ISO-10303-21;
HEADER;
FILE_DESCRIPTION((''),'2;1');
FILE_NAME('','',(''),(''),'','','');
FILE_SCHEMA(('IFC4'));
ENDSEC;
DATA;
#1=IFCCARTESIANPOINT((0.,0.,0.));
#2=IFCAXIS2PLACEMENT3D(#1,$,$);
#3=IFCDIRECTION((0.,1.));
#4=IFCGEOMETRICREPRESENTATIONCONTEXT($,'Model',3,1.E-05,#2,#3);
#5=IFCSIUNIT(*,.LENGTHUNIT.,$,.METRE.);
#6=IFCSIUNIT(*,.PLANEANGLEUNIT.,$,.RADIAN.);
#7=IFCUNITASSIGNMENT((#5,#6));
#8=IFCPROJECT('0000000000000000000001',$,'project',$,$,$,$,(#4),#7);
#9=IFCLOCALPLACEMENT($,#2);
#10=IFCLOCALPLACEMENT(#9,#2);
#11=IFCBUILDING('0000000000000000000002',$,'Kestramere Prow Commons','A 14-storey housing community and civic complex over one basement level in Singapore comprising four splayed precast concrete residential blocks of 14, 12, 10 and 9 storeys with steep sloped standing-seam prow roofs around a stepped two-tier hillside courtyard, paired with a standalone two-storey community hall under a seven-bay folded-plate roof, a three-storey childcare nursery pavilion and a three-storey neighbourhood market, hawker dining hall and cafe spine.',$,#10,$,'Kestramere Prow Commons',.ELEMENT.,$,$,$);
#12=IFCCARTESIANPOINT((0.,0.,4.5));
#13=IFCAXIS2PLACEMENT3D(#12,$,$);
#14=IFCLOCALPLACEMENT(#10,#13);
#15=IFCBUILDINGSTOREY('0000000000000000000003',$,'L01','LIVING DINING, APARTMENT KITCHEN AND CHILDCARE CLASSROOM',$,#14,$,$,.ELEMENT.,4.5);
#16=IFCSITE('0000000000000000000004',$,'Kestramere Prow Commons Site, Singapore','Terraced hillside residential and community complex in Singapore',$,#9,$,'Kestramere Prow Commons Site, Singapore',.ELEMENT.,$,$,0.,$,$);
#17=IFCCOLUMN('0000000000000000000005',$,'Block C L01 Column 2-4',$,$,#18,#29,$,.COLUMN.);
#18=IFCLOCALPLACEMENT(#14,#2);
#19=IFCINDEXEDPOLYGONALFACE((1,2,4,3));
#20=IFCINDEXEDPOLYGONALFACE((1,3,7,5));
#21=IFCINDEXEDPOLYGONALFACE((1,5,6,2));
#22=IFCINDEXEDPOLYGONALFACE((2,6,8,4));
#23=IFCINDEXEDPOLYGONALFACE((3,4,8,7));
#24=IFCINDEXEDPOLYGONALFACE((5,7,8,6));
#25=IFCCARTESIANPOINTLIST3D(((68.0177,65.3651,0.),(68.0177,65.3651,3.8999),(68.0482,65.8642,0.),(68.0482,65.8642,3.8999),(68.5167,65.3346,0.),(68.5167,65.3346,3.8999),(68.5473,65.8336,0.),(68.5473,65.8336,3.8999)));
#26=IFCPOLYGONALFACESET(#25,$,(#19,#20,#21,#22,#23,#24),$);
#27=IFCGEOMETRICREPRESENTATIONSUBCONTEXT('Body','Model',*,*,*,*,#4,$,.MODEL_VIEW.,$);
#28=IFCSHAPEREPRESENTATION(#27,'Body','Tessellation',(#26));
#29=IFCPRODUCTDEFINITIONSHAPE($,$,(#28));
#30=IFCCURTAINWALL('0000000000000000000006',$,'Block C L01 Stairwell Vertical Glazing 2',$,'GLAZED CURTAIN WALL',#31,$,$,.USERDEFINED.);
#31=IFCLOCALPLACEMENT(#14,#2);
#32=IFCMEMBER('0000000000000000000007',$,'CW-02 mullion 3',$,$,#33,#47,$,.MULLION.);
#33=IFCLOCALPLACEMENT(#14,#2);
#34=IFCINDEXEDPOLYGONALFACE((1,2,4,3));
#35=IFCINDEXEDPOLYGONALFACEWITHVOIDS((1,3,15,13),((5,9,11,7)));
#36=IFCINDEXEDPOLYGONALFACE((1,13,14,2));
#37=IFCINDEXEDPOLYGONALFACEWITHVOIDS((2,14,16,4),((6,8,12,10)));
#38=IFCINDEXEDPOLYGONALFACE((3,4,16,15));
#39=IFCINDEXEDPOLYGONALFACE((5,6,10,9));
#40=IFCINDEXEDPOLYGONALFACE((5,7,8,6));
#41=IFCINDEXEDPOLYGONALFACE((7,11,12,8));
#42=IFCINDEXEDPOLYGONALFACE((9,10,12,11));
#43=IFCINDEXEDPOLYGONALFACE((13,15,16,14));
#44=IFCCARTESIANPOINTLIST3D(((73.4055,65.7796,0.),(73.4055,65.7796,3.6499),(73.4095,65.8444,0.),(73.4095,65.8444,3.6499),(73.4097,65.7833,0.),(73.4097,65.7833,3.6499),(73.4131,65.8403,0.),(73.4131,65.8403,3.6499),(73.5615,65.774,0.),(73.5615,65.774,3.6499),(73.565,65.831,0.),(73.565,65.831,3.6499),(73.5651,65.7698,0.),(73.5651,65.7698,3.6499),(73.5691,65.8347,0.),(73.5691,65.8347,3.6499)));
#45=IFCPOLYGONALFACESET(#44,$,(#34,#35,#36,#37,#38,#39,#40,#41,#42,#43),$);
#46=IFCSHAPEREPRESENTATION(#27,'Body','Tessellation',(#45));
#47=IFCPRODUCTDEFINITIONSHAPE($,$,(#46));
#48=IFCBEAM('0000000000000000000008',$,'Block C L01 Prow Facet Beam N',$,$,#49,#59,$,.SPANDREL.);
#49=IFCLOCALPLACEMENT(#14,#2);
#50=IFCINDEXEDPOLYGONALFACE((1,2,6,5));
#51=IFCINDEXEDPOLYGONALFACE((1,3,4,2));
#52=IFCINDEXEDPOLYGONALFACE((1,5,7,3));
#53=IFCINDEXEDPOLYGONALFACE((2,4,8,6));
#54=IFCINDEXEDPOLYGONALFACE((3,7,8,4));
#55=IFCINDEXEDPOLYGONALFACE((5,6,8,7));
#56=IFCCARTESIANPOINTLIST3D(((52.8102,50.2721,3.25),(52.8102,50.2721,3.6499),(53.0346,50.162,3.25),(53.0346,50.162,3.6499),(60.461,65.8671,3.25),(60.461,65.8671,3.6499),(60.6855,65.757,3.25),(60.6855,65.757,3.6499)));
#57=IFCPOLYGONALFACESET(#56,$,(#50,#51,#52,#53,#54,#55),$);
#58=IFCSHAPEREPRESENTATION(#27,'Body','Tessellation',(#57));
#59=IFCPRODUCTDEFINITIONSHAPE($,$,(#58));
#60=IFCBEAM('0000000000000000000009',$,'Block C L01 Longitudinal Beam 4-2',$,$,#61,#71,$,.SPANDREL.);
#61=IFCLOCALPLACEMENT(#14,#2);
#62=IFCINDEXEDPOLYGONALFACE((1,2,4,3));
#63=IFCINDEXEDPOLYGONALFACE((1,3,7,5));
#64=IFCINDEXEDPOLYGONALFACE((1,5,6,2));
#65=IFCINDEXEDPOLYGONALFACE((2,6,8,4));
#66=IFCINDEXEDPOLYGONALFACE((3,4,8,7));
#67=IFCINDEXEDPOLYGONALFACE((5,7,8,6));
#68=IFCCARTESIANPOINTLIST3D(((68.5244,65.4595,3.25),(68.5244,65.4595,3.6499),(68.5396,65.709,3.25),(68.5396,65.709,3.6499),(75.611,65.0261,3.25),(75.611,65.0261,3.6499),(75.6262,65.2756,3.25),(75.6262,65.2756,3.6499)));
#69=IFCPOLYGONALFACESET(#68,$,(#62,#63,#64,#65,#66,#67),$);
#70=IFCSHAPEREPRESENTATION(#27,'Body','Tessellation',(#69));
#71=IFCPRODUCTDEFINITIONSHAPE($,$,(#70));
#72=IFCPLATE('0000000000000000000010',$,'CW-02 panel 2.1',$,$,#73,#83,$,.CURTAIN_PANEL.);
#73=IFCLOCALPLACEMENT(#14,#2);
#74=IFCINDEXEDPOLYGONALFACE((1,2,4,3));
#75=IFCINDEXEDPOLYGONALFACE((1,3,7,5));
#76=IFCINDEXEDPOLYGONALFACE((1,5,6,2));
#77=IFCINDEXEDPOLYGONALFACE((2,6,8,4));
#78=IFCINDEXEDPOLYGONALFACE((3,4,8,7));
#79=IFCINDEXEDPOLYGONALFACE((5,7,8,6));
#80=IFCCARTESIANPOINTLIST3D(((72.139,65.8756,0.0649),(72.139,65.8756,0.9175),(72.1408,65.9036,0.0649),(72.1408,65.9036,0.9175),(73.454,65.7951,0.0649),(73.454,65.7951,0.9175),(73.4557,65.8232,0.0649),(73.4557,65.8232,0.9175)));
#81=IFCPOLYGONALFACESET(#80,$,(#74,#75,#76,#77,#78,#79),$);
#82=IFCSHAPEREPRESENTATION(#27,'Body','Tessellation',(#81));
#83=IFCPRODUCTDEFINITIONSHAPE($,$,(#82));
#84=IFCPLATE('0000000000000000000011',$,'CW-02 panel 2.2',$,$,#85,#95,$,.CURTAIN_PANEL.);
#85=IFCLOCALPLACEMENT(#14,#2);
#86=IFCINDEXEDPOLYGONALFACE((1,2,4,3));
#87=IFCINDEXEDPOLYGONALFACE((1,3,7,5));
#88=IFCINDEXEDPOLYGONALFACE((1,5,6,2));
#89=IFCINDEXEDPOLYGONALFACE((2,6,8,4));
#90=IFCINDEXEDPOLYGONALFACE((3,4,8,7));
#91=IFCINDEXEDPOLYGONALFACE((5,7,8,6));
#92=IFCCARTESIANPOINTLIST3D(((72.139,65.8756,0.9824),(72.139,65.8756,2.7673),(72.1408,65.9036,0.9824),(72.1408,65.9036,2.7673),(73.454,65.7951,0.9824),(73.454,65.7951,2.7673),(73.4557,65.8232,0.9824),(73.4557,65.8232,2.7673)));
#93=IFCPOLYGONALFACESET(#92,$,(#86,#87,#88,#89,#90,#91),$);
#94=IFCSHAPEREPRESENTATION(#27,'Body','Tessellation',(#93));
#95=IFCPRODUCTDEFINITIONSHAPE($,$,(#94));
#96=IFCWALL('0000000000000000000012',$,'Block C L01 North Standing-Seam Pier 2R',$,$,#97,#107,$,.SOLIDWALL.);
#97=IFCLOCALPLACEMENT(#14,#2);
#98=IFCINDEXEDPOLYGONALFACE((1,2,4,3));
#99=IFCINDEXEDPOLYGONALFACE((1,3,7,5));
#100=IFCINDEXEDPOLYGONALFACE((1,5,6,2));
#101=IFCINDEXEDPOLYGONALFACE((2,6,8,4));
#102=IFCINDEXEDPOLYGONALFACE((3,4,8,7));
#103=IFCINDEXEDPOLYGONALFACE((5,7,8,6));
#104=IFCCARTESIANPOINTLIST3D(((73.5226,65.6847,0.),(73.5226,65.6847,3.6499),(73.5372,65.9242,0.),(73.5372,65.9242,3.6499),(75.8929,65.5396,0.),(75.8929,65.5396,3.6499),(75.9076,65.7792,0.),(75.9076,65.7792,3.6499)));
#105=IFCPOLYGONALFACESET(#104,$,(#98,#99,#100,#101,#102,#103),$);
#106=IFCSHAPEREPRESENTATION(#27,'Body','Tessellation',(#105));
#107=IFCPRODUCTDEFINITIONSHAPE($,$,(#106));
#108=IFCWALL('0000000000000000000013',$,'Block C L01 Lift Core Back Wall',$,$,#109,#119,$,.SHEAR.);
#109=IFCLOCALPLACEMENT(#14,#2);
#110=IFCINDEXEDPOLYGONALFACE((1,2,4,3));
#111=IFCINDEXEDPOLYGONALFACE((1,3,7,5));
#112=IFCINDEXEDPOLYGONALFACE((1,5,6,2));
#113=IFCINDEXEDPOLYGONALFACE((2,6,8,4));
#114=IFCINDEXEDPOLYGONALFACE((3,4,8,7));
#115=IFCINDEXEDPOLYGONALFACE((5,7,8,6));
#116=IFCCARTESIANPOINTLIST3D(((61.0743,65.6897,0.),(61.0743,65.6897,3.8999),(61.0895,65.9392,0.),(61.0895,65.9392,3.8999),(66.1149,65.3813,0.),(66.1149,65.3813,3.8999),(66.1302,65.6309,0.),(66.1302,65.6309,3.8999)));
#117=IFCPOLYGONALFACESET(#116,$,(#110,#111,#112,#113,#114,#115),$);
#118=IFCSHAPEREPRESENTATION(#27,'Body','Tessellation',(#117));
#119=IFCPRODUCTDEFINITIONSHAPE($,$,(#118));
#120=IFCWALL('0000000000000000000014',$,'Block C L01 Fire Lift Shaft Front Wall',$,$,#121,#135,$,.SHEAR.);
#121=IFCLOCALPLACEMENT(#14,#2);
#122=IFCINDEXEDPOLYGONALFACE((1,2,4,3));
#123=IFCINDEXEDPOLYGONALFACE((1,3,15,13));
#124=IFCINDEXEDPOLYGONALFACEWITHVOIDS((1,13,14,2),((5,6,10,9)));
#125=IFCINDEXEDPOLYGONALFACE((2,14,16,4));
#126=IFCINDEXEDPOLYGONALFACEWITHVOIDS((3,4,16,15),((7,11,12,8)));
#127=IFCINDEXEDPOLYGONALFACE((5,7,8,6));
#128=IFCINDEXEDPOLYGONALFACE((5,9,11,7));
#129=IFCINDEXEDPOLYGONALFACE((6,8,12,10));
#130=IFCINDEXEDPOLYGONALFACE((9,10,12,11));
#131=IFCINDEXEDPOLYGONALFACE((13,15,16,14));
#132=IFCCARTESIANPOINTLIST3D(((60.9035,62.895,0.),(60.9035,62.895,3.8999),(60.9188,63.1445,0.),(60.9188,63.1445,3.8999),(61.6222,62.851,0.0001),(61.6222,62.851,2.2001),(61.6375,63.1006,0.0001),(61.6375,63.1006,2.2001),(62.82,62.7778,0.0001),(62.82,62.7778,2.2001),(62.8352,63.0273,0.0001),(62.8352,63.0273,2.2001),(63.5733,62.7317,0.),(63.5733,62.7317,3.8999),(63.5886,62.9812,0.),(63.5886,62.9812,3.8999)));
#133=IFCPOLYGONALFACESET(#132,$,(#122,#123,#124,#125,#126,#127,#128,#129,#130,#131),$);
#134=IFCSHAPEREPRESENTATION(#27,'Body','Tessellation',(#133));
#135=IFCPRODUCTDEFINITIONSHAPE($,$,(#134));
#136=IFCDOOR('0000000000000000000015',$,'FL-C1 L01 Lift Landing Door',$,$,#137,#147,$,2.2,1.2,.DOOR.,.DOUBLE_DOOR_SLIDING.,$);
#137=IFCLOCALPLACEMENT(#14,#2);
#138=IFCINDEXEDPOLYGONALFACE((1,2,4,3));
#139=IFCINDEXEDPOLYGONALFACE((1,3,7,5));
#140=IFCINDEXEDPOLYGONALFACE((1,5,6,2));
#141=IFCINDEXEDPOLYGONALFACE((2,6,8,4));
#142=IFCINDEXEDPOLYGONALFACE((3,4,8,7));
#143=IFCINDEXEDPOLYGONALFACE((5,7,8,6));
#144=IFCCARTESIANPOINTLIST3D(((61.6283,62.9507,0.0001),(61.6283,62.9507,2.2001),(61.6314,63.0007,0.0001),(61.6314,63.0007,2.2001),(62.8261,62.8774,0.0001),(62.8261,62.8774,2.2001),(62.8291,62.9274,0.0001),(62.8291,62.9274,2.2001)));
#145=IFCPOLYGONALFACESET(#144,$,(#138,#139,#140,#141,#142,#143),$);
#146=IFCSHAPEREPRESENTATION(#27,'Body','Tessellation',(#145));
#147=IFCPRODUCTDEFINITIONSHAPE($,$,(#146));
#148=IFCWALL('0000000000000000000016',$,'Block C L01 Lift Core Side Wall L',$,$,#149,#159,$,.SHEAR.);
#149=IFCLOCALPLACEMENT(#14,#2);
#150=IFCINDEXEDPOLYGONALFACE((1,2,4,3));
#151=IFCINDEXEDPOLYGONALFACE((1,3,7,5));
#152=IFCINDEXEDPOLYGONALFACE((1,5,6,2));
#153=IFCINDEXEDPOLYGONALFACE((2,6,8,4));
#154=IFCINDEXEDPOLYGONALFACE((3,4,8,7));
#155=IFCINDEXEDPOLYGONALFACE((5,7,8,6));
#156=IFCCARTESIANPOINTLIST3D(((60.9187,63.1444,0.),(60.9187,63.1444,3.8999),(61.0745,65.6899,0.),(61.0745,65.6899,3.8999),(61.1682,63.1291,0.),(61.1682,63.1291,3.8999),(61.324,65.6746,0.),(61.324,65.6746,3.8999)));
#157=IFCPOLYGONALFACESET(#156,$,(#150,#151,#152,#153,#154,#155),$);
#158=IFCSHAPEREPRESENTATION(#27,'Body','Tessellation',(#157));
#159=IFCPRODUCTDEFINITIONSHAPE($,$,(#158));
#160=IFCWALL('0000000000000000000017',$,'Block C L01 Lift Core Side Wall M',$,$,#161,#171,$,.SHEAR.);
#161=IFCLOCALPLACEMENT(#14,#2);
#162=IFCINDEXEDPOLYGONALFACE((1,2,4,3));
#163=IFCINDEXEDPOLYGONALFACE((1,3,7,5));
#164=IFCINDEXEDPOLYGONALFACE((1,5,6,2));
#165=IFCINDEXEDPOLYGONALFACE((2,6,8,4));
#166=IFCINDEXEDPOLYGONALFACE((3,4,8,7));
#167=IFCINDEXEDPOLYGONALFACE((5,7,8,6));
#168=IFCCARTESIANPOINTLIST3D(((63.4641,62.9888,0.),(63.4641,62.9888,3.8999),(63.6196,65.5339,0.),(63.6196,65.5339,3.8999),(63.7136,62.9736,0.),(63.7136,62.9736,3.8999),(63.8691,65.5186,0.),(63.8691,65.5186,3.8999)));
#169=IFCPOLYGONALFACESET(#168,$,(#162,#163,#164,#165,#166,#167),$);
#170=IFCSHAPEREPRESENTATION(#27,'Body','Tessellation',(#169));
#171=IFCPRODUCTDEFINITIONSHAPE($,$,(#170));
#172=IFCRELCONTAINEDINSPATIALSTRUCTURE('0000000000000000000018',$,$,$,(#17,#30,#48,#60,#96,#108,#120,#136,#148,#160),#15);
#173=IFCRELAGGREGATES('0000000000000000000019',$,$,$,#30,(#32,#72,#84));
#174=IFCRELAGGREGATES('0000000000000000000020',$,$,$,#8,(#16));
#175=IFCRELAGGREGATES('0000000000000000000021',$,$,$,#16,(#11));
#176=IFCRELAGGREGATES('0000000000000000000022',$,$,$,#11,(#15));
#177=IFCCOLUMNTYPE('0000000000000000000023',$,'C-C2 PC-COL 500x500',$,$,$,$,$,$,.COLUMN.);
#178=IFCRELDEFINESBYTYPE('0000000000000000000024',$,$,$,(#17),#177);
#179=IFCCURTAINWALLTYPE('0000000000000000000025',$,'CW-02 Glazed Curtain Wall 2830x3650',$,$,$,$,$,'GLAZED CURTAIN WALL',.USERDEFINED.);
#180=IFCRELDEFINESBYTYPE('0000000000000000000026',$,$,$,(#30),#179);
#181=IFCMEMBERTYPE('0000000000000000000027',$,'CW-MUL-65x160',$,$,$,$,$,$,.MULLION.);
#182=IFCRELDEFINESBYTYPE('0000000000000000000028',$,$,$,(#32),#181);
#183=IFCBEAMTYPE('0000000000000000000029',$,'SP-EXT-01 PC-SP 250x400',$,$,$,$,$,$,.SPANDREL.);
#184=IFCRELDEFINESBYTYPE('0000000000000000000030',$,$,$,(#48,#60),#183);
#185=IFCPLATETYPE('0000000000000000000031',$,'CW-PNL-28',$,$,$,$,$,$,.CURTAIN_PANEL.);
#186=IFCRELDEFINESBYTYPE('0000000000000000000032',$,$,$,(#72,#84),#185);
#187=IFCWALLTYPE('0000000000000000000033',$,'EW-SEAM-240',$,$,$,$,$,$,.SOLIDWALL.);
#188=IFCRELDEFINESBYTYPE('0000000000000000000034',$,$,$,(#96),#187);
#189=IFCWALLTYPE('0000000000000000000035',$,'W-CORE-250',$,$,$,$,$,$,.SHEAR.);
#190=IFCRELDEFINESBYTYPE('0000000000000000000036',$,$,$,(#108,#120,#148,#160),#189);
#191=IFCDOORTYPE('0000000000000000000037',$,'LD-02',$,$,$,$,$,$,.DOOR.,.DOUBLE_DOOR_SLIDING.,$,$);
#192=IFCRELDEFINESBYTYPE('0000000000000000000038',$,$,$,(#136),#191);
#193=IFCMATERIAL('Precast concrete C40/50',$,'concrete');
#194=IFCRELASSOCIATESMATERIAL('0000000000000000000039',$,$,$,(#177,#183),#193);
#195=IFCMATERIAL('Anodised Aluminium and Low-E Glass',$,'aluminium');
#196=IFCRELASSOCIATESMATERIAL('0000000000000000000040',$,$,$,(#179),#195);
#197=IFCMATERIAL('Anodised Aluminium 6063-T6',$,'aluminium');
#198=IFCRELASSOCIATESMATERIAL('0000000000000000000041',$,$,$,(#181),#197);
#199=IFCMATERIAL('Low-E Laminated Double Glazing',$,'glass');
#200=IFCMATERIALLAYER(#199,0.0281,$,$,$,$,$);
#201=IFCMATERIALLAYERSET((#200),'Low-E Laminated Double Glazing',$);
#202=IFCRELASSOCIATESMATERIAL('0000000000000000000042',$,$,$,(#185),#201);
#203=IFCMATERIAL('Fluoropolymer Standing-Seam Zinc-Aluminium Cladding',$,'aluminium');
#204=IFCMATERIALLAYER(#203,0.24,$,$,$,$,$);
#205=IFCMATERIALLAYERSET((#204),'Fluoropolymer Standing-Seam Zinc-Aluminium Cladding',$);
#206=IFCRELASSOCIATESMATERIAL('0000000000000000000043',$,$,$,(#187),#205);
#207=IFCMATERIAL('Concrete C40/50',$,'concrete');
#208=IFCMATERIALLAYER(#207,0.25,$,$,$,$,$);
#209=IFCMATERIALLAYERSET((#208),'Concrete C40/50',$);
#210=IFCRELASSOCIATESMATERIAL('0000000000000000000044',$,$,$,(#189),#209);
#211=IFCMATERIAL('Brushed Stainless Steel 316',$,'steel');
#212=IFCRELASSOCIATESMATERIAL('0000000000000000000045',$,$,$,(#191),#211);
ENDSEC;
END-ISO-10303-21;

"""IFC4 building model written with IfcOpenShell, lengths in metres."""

from ifc_helpers import new_model, si_unit, direction, frame, frame_2d, origin, origin_2d, place, context, subcontext, project, spatial, rectangle, hollow_rectangle, extrude, material, layer, layer_set, material_profile, profile_set, type_object, element, fill, aggregate, save


model = new_model("IFC4")

# Units and contexts
model_context = context("Model", 3, precision=1e-05, world=origin(), true_north=direction((0.0, 1.0)))
body_context = subcontext(model_context, "Body", "Model", "MODEL_VIEW")
ifc_project = project(units=[si_unit("LENGTHUNIT", "METRE"), si_unit("PLANEANGLEUNIT", "RADIAN")], contexts=[model_context])

# Site, building, storey
site_placement = place(None, origin())
site = spatial("IfcSite", under=ifc_project, at=site_placement, Name="Kestramere Prow Commons Site, Singapore", Description="Terraced hillside residential and community complex in Singapore", LongName="Kestramere Prow Commons Site, Singapore", CompositionType="ELEMENT", RefElevation=0.0)
building_placement = place(site_placement, origin())
building = spatial("IfcBuilding", under=site, at=building_placement, Name="Kestramere Prow Commons", Description="A 14-storey housing community and civic complex over one basement level in Singapore comprising four splayed precast concrete residential blocks of 14, 12, 10 and 9 storeys with steep sloped standing-seam prow roofs around a stepped two-tier hillside courtyard, paired with a standalone two-storey community hall under a seven-bay folded-plate roof, a three-storey childcare nursery pavilion and a three-storey neighbourhood market, hawker dining hall and cafe spine.", LongName="Kestramere Prow Commons", CompositionType="ELEMENT")
storey_placement = place(building_placement, frame((0.0, 0.0, 4.5)))
storey = spatial("IfcBuildingStorey", under=building, at=storey_placement, Name="L01", Description="LIVING DINING, APARTMENT KITCHEN AND CHILDCARE CLASSROOM", CompositionType="ELEMENT", Elevation=4.5)

# Column
ifc_material_1 = material(Name="Precast concrete C40/50", Category="concrete")
ifc_material_profile_1 = material_profile(ifc_material_1, rectangle(XDim=0.5, YDim=0.5, at=origin_2d()), Name="PC-COL 500x500")
ifc_profile_set_1 = profile_set([ifc_material_profile_1], Name="Precast concrete C40/50")
column_type = type_object("IfcColumnType", Name="C-C2 PC-COL 500x500", PredefinedType="COLUMN", material=ifc_profile_set_1)
column_placement = place(storey_placement, frame((68.2825, 65.5994, 0.0), z_axis=(0.0, 0.0, 1.0), x_axis=(0.998135, -0.061049, 0.0)))
element("IfcColumn", 1, at=column_placement, inside=storey, type_object=column_type, Name="Block C L01 Column 2-4", PredefinedType="COLUMN", context=body_context, shape_type="SweptSolid", body=[
    extrude(rectangle(XDim=0.5, YDim=0.5, at=origin_2d()), origin(), (0.0, 0.0, 1.0), 3.8999),
])

# Curtain wall, member
ifc_material_2 = material(Name="Anodised Aluminium and Low-E Glass", Category="aluminium")
curtain_wall_type = type_object("IfcCurtainWallType", Name="CW-02 Glazed Curtain Wall 2830x3650", ElementType="GLAZED CURTAIN WALL", PredefinedType="USERDEFINED", material=ifc_material_2)
curtain_wall_placement = place(storey_placement, origin())
curtain_wall = element("IfcCurtainWall", 2, at=curtain_wall_placement, inside=storey, type_object=curtain_wall_type, Name="Block C L01 Stairwell Vertical Glazing 2", ObjectType="GLAZED CURTAIN WALL", PredefinedType="USERDEFINED")
ifc_material_3 = material(Name="Anodised Aluminium 6063-T6", Category="aluminium")
ifc_material_profile_2 = material_profile(ifc_material_3, hollow_rectangle(XDim=0.0649, YDim=0.1599, WallThickness=0.0039, at=origin_2d()), Name="ALU-MUL 65x160")
ifc_profile_set_2 = profile_set([ifc_material_profile_2], Name="Anodised Aluminium 6063-T6")
member_type = type_object("IfcMemberType", Name="CW-MUL-65x160", PredefinedType="MULLION", material=ifc_profile_set_2)
member_placement = place(storey_placement, frame((73.4873, 65.8071, 0.0), z_axis=(0.0, 0.0, 1.0), x_axis=(0.061048, 0.998135, 0.0)))
member = element("IfcMember", 3, at=member_placement, type_object=member_type, Name="CW-02 mullion 3", PredefinedType="MULLION", context=body_context, shape_type="SweptSolid", body=[
    extrude(hollow_rectangle(XDim=0.0649, YDim=0.1599, WallThickness=0.0039, at=origin_2d()), origin(), (0.0, 0.0, 1.0), 3.6499),
])

# Beams
ifc_material_profile_3 = material_profile(ifc_material_1, rectangle(XDim=0.25, YDim=0.3999, at=origin_2d()), Name="PC-SP 250x400")
ifc_profile_set_3 = profile_set([ifc_material_profile_3], Name="Precast concrete C40/50")
beam_type = type_object("IfcBeamType", Name="SP-EXT-01 PC-SP 250x400", PredefinedType="SPANDREL", material=ifc_profile_set_3)
beam_1_placement = place(storey_placement, frame((60.5732, 65.812, 3.45), z_axis=(-0.440449, -0.897778, 0.0), x_axis=(0.897778, -0.440449, 0.0)))
element("IfcBeam", 4, at=beam_1_placement, inside=storey, type_object=beam_type, Name="Block C L01 Prow Facet Beam N", PredefinedType="SPANDREL", context=body_context, shape_type="SweptSolid", body=[
    extrude(rectangle(XDim=0.25, YDim=0.3999, at=origin_2d()), origin(), (0.0, 0.0, 1.0), 17.3706),
])
beam_2_placement = place(storey_placement, frame((68.532, 65.5842, 3.45), z_axis=(0.998136, -0.061036, 0.0), x_axis=(0.061036, 0.998136, 0.0)))
element("IfcBeam", 5, at=beam_2_placement, inside=storey, type_object=beam_type, Name="Block C L01 Longitudinal Beam 4-2", PredefinedType="SPANDREL", context=body_context, shape_type="SweptSolid", body=[
    extrude(rectangle(XDim=0.25, YDim=0.3999, at=origin_2d()), origin(), (0.0, 0.0, 1.0), 7.0999),
])

# Plates
ifc_material_4 = material(Name="Low-E Laminated Double Glazing", Category="glass")
ifc_layer_1 = layer(ifc_material_4, 0.0281)
ifc_layer_set_1 = layer_set([ifc_layer_1], Name="Low-E Laminated Double Glazing")
plate_type = type_object("IfcPlateType", Name="CW-PNL-28", PredefinedType="CURTAIN_PANEL", material=ifc_layer_set_1)
plate_1_placement = place(storey_placement, frame((72.7974, 65.8494, 0.0649), z_axis=(0.0, 0.0, 1.0), x_axis=(0.998135, -0.061048, 0.0)))
plate_1 = element("IfcPlate", 6, at=plate_1_placement, type_object=plate_type, Name="CW-02 panel 2.1", PredefinedType="CURTAIN_PANEL", context=body_context, shape_type="SweptSolid", body=[
    extrude(rectangle(XDim=1.3174, YDim=0.0281, at=origin_2d()), origin(), (0.0, 0.0, 1.0), 0.8525),
])
plate_2_placement = place(storey_placement, frame((72.7974, 65.8494, 0.9824), z_axis=(0.0, 0.0, 1.0), x_axis=(0.998135, -0.061048, 0.0)))
plate_2 = element("IfcPlate", 7, at=plate_2_placement, type_object=plate_type, Name="CW-02 panel 2.2", PredefinedType="CURTAIN_PANEL", context=body_context, shape_type="SweptSolid", body=[
    extrude(rectangle(XDim=1.3174, YDim=0.0281, at=origin_2d()), origin(), (0.0, 0.0, 1.0), 1.7849),
])
aggregate(curtain_wall, [member, plate_1, plate_2])

# Walls
ifc_material_5 = material(Name="Fluoropolymer Standing-Seam Zinc-Aluminium Cladding", Category="aluminium")
ifc_layer_2 = layer(ifc_material_5, 0.24)
ifc_layer_set_2 = layer_set([ifc_layer_2], Name="Fluoropolymer Standing-Seam Zinc-Aluminium Cladding")
wall_type_1 = type_object("IfcWallType", Name="EW-SEAM-240", PredefinedType="SOLIDWALL", material=ifc_layer_set_2)
wall_1_placement = place(storey_placement, frame((73.5298, 65.8044, 0.0), z_axis=(0.0, 0.0, 1.0), x_axis=(0.998134, -0.061066, 0.0)))
element("IfcWall", 8, at=wall_1_placement, inside=storey, type_object=wall_type_1, Name="Block C L01 North Standing-Seam Pier 2R", PredefinedType="SOLIDWALL", context=body_context, shape_type="SweptSolid", body=[
    extrude(rectangle(XDim=2.3748, YDim=0.24, at=frame_2d((1.1875, 0.0))), origin(), (0.0, 0.0, 1.0), 3.6499),
])
ifc_material_6 = material(Name="Concrete C40/50", Category="concrete")
ifc_layer_3 = layer(ifc_material_6, 0.25)
ifc_layer_set_3 = layer_set([ifc_layer_3], Name="Concrete C40/50")
wall_type_2 = type_object("IfcWallType", Name="W-CORE-250", PredefinedType="SHEAR", material=ifc_layer_set_3)
wall_2_placement = place(storey_placement, frame((61.082, 65.8145, 0.0), z_axis=(0.0, 0.0, 1.0), x_axis=(0.998134, -0.06106, 0.0)))
element("IfcWall", 9, at=wall_2_placement, inside=storey, type_object=wall_type_2, Name="Block C L01 Lift Core Back Wall", PredefinedType="SHEAR", context=body_context, shape_type="SweptSolid", body=[
    extrude(rectangle(XDim=5.05, YDim=0.25, at=frame_2d((2.5249, 0.0))), origin(), (0.0, 0.0, 1.0), 3.8999),
])

# Wall, opening, door
wall_3_placement = place(storey_placement, frame((60.9111, 63.0198, 0.0), z_axis=(0.0, 0.0, 1.0), x_axis=(0.998134, -0.06106, 0.0)))
wall_3 = element("IfcWall", 10, at=wall_3_placement, inside=storey, type_object=wall_type_2, Name="Block C L01 Fire Lift Shaft Front Wall", PredefinedType="SHEAR", context=body_context, shape_type="SweptSolid", body=[
    extrude(rectangle(XDim=2.6748, YDim=0.25, at=frame_2d((1.3374, 0.0))), origin(), (0.0, 0.0, 1.0), 3.8999),
])
opening_1_placement = place(wall_3_placement, frame((0.72, 0.0, 0.0)))
opening_1 = element("IfcOpeningElement", 11, at=opening_1_placement, cuts=wall_3, PredefinedType="OPENING", context=body_context, shape_type="SweptSolid", body=[
    extrude(rectangle(XDim=1.2, YDim=2.2, at=frame_2d((0.6001, 1.1001))), frame((0.0, 0.1399, 0.0), z_axis=(0.0, -1.0, 0.0), x_axis=(1.0, 0.0, 0.0)), (0.0, 0.0, 1.0), 0.28),
])
ifc_material_7 = material(Name="Brushed Stainless Steel 316", Category="steel")
door_type_1 = type_object("IfcDoorType", Name="LD-02", OperationType="DOUBLE_DOOR_SLIDING", PredefinedType="DOOR", material=ifc_material_7)
door_1_placement = place(opening_1_placement, origin())
door_1 = element("IfcDoor", 12, at=door_1_placement, inside=storey, type_object=door_type_1, Name="FL-C1 L01 Lift Landing Door", OperationType="DOUBLE_DOOR_SLIDING", OverallHeight=2.2, OverallWidth=1.2, PredefinedType="DOOR", context=body_context, shape_type="SweptSolid", body=[
    extrude(rectangle(XDim=1.2, YDim=2.2, at=frame_2d((0.6001, 1.1001))), frame((0.0, 0.0249, 0.0), z_axis=(0.0, -1.0, 0.0), x_axis=(1.0, 0.0, 0.0)), (0.0, 0.0, 1.0), 0.05),
])
fill(opening_1, door_1)

# Walls
wall_4_placement = place(storey_placement, frame((61.0435, 63.1367, 0.0), z_axis=(0.0, 0.0, 1.0), x_axis=(0.061079, 0.998133, 0.0)))
element("IfcWall", 13, at=wall_4_placement, inside=storey, type_object=wall_type_2, Name="Block C L01 Lift Core Side Wall L", PredefinedType="SHEAR", context=body_context, shape_type="SweptSolid", body=[
    extrude(rectangle(XDim=2.5503, YDim=0.25, at=frame_2d((1.2751, 0.0))), origin(), (0.0, 0.0, 1.0), 3.8999),
])
wall_5_placement = place(storey_placement, frame((63.5889, 62.9812, 0.0), z_axis=(0.0, 0.0, 1.0), x_axis=(0.060989, 0.998138, 0.0)))
element("IfcWall", 14, at=wall_5_placement, inside=storey, type_object=wall_type_2, Name="Block C L01 Lift Core Side Wall M", PredefinedType="SHEAR", context=body_context, shape_type="SweptSolid", body=[
    extrude(rectangle(XDim=2.5498, YDim=0.25, at=frame_2d((1.2749, 0.0))), origin(), (0.0, 0.0, 1.0), 3.8999),
])

save(model, "model.ifc")
